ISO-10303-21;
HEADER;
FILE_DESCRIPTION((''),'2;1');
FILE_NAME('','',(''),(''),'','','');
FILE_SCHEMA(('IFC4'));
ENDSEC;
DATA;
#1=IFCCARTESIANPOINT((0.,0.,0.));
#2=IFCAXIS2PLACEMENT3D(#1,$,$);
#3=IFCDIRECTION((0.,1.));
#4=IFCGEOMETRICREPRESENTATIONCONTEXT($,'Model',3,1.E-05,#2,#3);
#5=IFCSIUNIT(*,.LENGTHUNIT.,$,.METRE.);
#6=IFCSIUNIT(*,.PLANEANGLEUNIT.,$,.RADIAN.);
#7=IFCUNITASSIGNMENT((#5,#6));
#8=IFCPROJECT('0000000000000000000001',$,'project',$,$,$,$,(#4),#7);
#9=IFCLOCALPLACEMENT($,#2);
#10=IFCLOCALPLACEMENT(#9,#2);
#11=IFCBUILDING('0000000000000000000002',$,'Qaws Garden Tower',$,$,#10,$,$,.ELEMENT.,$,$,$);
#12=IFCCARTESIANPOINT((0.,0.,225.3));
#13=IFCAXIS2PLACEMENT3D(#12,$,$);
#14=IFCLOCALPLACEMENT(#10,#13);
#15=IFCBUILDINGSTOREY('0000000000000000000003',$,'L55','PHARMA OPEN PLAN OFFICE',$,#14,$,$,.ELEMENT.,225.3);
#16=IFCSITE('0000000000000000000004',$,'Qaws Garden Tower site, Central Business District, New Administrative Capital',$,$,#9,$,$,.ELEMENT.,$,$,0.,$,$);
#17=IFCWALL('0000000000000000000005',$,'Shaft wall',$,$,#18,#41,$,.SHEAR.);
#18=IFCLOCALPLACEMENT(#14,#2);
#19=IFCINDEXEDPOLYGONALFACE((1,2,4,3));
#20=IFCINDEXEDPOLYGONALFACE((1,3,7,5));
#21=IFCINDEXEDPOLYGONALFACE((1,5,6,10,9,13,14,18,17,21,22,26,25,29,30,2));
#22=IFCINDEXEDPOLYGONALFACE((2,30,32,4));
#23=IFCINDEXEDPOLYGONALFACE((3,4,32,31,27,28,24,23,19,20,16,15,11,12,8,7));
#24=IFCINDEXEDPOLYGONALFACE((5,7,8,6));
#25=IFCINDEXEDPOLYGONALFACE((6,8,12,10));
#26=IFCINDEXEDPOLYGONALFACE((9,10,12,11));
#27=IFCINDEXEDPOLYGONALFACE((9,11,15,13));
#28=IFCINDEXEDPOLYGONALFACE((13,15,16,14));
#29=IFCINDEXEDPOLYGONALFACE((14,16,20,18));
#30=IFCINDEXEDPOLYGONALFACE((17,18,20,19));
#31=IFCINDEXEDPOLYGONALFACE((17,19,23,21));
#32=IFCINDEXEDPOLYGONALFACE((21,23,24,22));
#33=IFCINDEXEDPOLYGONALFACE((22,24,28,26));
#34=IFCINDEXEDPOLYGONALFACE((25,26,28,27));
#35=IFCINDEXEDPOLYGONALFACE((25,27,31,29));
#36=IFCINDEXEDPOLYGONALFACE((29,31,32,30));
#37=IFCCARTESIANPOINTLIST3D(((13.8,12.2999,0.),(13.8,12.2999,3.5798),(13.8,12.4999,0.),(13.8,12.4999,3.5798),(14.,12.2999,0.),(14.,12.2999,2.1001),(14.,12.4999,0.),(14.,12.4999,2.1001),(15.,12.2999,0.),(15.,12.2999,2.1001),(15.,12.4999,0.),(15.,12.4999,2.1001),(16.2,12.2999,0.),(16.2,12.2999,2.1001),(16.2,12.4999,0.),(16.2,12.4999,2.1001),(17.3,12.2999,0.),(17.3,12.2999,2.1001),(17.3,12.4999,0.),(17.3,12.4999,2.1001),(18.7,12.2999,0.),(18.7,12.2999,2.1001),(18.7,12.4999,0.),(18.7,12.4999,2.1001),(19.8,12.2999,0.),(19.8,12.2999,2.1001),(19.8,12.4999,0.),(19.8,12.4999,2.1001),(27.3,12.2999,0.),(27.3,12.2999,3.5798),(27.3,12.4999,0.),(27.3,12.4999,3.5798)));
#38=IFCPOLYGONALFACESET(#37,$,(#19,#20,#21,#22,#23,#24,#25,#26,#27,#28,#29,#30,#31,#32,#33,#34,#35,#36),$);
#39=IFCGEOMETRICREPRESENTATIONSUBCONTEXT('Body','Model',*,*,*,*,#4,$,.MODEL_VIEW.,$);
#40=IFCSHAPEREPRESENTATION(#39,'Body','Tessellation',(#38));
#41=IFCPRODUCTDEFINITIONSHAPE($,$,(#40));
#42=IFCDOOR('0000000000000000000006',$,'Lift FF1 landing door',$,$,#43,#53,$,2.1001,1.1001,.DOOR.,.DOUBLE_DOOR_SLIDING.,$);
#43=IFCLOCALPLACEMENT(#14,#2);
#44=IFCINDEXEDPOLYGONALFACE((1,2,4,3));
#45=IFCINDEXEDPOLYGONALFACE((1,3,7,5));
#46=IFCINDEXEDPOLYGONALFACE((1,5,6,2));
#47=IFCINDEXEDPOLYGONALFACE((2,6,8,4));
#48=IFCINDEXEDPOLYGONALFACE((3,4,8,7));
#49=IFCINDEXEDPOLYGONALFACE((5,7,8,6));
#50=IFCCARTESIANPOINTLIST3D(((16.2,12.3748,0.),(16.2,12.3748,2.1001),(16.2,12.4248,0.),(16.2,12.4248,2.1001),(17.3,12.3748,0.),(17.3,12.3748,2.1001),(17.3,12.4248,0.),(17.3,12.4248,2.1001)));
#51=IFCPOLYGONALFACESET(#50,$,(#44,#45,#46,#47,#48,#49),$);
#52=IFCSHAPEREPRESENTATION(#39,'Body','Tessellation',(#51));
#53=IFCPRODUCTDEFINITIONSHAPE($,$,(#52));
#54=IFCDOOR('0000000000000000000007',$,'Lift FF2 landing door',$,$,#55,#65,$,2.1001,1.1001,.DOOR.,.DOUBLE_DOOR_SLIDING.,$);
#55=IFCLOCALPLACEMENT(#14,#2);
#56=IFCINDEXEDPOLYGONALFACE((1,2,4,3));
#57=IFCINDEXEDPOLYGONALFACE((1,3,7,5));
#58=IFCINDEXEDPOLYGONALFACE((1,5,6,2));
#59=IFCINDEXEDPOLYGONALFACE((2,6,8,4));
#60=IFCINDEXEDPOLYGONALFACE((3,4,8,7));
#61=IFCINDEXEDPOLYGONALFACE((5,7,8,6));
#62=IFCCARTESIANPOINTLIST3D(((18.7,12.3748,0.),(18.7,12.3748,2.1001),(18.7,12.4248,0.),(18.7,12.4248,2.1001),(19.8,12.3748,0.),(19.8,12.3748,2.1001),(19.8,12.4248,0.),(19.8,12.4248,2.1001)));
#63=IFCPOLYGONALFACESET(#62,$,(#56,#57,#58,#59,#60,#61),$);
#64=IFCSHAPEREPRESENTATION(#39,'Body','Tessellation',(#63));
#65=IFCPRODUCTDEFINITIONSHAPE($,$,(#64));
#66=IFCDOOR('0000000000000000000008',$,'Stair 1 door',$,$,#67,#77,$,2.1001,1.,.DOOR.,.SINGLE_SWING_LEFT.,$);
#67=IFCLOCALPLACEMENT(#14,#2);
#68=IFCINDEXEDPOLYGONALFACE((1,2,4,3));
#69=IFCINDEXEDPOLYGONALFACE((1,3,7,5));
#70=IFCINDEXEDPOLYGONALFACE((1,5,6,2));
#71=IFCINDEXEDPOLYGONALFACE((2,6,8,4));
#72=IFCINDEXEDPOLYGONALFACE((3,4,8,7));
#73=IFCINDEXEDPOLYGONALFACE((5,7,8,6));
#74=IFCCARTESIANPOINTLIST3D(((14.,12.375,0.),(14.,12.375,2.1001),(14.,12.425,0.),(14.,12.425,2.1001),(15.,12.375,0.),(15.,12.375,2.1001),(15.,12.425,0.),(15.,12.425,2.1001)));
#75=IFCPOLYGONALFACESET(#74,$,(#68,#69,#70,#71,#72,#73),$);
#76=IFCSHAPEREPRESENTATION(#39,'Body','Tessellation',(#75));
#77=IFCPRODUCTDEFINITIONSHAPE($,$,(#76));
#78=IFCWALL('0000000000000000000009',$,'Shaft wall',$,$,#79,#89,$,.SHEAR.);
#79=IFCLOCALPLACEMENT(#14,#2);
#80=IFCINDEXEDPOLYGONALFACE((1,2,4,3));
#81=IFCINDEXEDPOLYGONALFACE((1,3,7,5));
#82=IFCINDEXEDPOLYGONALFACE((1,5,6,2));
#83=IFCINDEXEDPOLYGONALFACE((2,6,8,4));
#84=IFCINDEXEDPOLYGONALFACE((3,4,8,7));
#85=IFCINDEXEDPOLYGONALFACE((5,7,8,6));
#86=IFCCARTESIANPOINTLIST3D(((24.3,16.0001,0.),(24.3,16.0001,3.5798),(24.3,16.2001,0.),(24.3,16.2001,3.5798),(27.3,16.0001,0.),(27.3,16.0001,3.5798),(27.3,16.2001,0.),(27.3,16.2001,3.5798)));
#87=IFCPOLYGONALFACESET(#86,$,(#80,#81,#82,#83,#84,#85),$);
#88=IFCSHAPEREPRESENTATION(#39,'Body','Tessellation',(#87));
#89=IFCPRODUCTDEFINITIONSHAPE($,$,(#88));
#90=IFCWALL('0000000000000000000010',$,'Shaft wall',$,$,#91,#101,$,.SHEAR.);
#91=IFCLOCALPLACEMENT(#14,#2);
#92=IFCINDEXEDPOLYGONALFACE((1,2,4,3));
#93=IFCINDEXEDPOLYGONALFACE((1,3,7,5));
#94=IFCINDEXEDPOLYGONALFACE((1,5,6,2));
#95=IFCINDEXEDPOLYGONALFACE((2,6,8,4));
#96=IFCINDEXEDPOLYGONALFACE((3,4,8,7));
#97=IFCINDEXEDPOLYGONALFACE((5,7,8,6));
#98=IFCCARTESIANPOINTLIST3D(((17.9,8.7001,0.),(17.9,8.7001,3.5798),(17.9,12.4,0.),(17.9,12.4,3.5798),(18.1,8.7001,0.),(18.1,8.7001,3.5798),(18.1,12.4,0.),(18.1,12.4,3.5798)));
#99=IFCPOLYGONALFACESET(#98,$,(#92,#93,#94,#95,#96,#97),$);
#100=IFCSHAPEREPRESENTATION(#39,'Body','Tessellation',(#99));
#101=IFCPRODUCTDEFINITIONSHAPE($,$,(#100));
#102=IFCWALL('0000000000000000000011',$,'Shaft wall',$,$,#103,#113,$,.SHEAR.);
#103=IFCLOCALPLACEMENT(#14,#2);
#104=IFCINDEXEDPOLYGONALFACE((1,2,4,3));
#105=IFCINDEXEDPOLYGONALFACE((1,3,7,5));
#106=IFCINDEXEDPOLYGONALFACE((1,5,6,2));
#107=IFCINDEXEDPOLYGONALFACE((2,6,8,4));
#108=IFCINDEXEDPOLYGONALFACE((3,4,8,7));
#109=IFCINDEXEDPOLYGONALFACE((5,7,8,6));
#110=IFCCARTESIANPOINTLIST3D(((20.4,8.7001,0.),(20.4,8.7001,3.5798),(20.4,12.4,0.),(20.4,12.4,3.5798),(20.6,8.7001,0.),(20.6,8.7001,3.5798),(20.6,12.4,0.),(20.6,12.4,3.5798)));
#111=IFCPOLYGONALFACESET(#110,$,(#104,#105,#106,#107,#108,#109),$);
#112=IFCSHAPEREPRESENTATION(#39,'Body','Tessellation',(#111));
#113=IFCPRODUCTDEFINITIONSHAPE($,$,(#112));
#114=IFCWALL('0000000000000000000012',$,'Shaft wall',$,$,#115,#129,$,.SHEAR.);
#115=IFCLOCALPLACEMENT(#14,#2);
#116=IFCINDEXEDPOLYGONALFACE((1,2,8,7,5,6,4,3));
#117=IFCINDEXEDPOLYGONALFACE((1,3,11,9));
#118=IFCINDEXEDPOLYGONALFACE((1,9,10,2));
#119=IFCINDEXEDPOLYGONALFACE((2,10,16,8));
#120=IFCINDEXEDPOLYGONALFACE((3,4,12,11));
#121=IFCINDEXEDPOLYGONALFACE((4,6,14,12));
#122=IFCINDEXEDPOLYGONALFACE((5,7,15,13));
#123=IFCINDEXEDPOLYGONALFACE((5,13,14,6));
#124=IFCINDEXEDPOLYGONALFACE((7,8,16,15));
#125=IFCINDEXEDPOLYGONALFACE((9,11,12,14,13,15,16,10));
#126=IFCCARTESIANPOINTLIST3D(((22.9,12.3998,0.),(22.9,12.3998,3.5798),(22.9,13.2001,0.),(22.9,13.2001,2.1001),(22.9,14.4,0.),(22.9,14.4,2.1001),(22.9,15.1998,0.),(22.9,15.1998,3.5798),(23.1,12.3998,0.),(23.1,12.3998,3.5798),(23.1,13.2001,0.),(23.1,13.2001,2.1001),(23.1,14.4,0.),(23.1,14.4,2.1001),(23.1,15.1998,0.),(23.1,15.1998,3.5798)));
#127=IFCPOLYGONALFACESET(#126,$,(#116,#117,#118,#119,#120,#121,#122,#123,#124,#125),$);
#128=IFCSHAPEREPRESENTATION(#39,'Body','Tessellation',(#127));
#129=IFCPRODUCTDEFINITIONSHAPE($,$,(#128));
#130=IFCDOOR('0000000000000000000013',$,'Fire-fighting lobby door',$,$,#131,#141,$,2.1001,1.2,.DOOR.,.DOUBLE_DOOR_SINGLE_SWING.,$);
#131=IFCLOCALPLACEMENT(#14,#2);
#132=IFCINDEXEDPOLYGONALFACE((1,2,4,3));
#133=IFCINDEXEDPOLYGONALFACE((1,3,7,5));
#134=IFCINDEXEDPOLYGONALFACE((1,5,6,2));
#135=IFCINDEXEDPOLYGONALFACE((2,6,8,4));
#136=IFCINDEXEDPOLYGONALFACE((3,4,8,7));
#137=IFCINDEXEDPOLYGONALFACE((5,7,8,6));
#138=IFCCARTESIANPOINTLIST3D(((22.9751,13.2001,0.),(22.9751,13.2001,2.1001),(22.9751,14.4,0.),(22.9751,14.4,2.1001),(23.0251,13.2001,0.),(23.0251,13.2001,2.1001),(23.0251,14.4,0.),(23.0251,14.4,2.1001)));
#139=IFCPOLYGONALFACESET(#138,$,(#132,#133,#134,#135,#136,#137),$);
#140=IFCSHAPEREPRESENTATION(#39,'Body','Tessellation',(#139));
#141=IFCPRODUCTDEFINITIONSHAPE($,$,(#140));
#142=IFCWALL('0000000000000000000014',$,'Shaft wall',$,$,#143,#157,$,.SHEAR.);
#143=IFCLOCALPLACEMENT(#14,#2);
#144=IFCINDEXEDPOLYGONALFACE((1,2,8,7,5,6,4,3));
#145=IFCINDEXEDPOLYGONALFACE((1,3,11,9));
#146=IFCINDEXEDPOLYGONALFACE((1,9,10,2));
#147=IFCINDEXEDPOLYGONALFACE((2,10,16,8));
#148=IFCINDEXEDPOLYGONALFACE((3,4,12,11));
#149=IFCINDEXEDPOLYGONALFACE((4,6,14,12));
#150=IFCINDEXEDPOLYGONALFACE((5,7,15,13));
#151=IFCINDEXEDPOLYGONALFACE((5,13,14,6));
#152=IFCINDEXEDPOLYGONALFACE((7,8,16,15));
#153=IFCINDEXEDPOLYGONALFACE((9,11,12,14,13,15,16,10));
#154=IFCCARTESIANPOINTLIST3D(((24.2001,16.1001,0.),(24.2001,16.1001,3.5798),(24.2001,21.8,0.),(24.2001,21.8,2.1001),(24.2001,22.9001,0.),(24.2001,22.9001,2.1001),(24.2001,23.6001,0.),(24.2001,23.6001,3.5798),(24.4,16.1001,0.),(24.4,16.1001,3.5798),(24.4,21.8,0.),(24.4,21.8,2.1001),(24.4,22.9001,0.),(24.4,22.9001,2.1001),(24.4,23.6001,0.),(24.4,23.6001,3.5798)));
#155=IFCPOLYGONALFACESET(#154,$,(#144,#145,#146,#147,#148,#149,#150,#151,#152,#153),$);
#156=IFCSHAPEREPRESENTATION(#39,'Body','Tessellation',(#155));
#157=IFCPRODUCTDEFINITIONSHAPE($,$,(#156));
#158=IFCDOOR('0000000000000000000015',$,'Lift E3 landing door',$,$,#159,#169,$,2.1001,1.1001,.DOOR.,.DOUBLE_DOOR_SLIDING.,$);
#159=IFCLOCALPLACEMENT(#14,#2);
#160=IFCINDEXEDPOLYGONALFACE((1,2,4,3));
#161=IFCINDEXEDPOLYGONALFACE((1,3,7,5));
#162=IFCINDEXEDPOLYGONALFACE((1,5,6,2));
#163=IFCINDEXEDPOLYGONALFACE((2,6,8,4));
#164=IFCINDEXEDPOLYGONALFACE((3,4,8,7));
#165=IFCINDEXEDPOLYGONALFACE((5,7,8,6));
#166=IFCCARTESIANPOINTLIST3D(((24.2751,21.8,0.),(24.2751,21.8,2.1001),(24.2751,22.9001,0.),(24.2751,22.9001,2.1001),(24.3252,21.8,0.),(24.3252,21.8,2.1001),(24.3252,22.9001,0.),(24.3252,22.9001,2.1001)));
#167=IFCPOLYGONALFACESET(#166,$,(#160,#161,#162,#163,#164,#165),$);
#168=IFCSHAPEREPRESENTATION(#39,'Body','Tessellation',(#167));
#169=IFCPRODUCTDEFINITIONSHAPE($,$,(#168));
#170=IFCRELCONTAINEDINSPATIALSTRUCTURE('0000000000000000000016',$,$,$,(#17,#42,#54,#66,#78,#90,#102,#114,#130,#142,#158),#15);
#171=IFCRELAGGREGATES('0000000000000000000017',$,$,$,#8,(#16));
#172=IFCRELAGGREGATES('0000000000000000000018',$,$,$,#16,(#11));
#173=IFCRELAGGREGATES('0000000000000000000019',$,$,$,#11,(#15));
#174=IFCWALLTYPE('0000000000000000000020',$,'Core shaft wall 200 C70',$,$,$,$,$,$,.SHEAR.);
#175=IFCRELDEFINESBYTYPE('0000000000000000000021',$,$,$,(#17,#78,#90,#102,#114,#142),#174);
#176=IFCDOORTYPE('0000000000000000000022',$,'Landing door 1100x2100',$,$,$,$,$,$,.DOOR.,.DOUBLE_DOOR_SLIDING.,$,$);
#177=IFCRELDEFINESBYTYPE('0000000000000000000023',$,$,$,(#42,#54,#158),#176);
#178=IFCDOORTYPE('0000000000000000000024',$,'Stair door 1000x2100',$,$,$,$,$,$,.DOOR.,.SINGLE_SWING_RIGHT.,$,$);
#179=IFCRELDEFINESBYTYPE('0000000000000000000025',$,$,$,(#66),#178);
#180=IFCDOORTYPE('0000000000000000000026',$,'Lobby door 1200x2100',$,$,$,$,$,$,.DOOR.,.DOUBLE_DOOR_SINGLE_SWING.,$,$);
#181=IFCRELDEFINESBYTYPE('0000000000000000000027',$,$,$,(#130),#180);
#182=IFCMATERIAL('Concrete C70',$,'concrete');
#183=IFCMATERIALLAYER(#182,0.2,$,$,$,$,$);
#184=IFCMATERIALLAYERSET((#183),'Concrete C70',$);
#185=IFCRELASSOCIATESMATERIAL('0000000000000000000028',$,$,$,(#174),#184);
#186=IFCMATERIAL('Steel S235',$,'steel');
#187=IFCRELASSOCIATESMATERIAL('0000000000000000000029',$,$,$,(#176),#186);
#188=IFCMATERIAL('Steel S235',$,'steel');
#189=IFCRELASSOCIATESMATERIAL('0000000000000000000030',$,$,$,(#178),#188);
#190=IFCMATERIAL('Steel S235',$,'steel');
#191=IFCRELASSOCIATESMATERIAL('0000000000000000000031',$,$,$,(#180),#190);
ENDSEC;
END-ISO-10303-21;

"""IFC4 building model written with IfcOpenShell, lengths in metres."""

from ifc_helpers import new_model, si_unit, direction, frame, frame_2d, origin, place, context, subcontext, project, spatial, rectangle, extrude, material, layer, layer_set, type_object, element, fill, save


model = new_model("IFC4")

# Units and contexts
model_context = context("Model", 3, precision=1e-05, world=origin(), true_north=direction((0.0, 1.0)))
body_context = subcontext(model_context, "Body", "Model", "MODEL_VIEW")
ifc_project = project(units=[si_unit("LENGTHUNIT", "METRE"), si_unit("PLANEANGLEUNIT", "RADIAN")], contexts=[model_context])

# Site, building, storey
site_placement = place(None, origin())
site = spatial("IfcSite", under=ifc_project, at=site_placement, Name="Qaws Garden Tower site, Central Business District, New Administrative Capital", CompositionType="ELEMENT", RefElevation=0.0)
building_placement = place(site_placement, origin())
building = spatial("IfcBuilding", under=site, at=building_placement, Name="Qaws Garden Tower", CompositionType="ELEMENT")
storey_placement = place(building_placement, frame((0.0, 0.0, 225.3)))
storey = spatial("IfcBuildingStorey", under=building, at=storey_placement, Name="L55", Description="PHARMA OPEN PLAN OFFICE", CompositionType="ELEMENT", Elevation=225.3)

# Wall, openings, doors
ifc_material_1 = material(Name="Concrete C70", Category="concrete")
ifc_layer_1 = layer(ifc_material_1, 0.2)
ifc_layer_set_1 = layer_set([ifc_layer_1], Name="Concrete C70")
wall_type_1 = type_object("IfcWallType", Name="Core shaft wall 200 C70", PredefinedType="SHEAR", material=ifc_layer_set_1)
wall_1_placement = place(storey_placement, frame((13.8, 12.3999, 0.0), z_axis=(0.0, 0.0, 1.0), x_axis=(1.0, 0.0, 0.0)))
wall_1 = element("IfcWall", 1, at=wall_1_placement, inside=storey, type_object=wall_type_1, Name="Shaft wall", PredefinedType="SHEAR", context=body_context, shape_type="SweptSolid", body=[
    extrude(rectangle(XDim=13.5, YDim=0.2, at=frame_2d((6.75, 0.0))), origin(), (0.0, 0.0, 1.0), 3.5798),
])
opening_1_placement = place(wall_1_placement, frame((2.3999, 0.0, 0.0)))
opening_1 = element("IfcOpeningElement", 2, at=opening_1_placement, cuts=wall_1, PredefinedType="OPENING", context=body_context, shape_type="SweptSolid", body=[
    extrude(rectangle(XDim=1.1001, YDim=2.1001, at=frame_2d((0.55, 1.05))), frame((0.0, 0.1099, 0.0), z_axis=(0.0, -1.0, 0.0), x_axis=(1.0, 0.0, 0.0)), (0.0, 0.0, 1.0), 0.22),
])
opening_2_placement = place(wall_1_placement, frame((4.8999, 0.0, 0.0)))
opening_2 = element("IfcOpeningElement", 3, at=opening_2_placement, cuts=wall_1, PredefinedType="OPENING", context=body_context, shape_type="SweptSolid", body=[
    extrude(rectangle(XDim=1.1001, YDim=2.1001, at=frame_2d((0.55, 1.05))), frame((0.0, 0.1099, 0.0), z_axis=(0.0, -1.0, 0.0), x_axis=(1.0, 0.0, 0.0)), (0.0, 0.0, 1.0), 0.22),
])
opening_3_placement = place(wall_1_placement, frame((0.2, 0.0, 0.0)))
opening_3 = element("IfcOpeningElement", 4, at=opening_3_placement, cuts=wall_1, PredefinedType="OPENING", context=body_context, shape_type="SweptSolid", body=[
    extrude(rectangle(XDim=1.0, YDim=2.1001, at=frame_2d((0.5, 1.05))), frame((0.0, 0.1099, 0.0), z_axis=(0.0, -1.0, 0.0), x_axis=(1.0, 0.0, 0.0)), (0.0, 0.0, 1.0), 0.22),
])
ifc_material_2 = material(Name="Steel S235", Category="steel")
door_type_1 = type_object("IfcDoorType", Name="Landing door 1100x2100", OperationType="DOUBLE_DOOR_SLIDING", PredefinedType="DOOR", material=ifc_material_2)
door_1_placement = place(opening_1_placement, origin())
door_1 = element("IfcDoor", 5, at=door_1_placement, inside=storey, type_object=door_type_1, Name="Lift FF1 landing door", OperationType="DOUBLE_DOOR_SLIDING", OverallHeight=2.1001, OverallWidth=1.1001, PredefinedType="DOOR", context=body_context, shape_type="SweptSolid", body=[
    extrude(rectangle(XDim=1.1001, YDim=2.1001, at=frame_2d((0.55, 1.05))), frame((0.0, 0.0249, 0.0), z_axis=(0.0, -1.0, 0.0), x_axis=(1.0, 0.0, 0.0)), (0.0, 0.0, 1.0), 0.05),
])
fill(opening_1, door_1)
door_2_placement = place(opening_2_placement, origin())
door_2 = element("IfcDoor", 6, at=door_2_placement, inside=storey, type_object=door_type_1, Name="Lift FF2 landing door", OperationType="DOUBLE_DOOR_SLIDING", OverallHeight=2.1001, OverallWidth=1.1001, PredefinedType="DOOR", context=body_context, shape_type="SweptSolid", body=[
    extrude(rectangle(XDim=1.1001, YDim=2.1001, at=frame_2d((0.55, 1.05))), frame((0.0, 0.0249, 0.0), z_axis=(0.0, -1.0, 0.0), x_axis=(1.0, 0.0, 0.0)), (0.0, 0.0, 1.0), 0.05),
])
fill(opening_2, door_2)
ifc_material_3 = material(Name="Steel S235", Category="steel")
door_type_2 = type_object("IfcDoorType", Name="Stair door 1000x2100", OperationType="SINGLE_SWING_RIGHT", PredefinedType="DOOR", material=ifc_material_3)
door_3_placement = place(opening_3_placement, frame((1.0, 0.0, 0.0), z_axis=(0.0, 0.0, 1.0), x_axis=(-1.0, 0.0, 0.0)))
door_3 = element("IfcDoor", 7, at=door_3_placement, inside=storey, type_object=door_type_2, Name="Stair 1 door", OperationType="SINGLE_SWING_LEFT", OverallHeight=2.1001, OverallWidth=1.0, PredefinedType="DOOR", context=body_context, shape_type="SweptSolid", body=[
    extrude(rectangle(XDim=1.0, YDim=2.1001, at=frame_2d((0.5, 1.05))), frame((0.0, 0.0249, 0.0), z_axis=(0.0, -1.0, 0.0), x_axis=(1.0, 0.0, 0.0)), (0.0, 0.0, 1.0), 0.05),
])
fill(opening_3, door_3)

# Walls
wall_2_placement = place(storey_placement, frame((24.3, 16.1001, 0.0), z_axis=(0.0, 0.0, 1.0), x_axis=(1.0, 0.0, 0.0)))
element("IfcWall", 8, at=wall_2_placement, inside=storey, type_object=wall_type_1, Name="Shaft wall", PredefinedType="SHEAR", context=body_context, shape_type="SweptSolid", body=[
    extrude(rectangle(XDim=3.0, YDim=0.2, at=frame_2d((1.5, 0.0))), origin(), (0.0, 0.0, 1.0), 3.5798),
])
for number, where, z_axis, x_axis, name in (
    (9, (18.0, 8.7, 0.0), (0.0, 0.0, 1.0), (0.0, 1.0, 0.0), "Shaft wall"),
    (10, (20.5, 8.7, 0.0), (0.0, 0.0, 1.0), (0.0, 1.0, 0.0), "Shaft wall"),
):
    element("IfcWall", number, at=place(storey_placement, frame(where, z_axis=z_axis, x_axis=x_axis)), inside=storey, type_object=wall_type_1, Name=name, PredefinedType="SHEAR", context=body_context, shape_type="SweptSolid", body=[
        extrude(rectangle(XDim=3.7, YDim=0.2, at=frame_2d((1.8501, 0.0))), origin(), (0.0, 0.0, 1.0), 3.5798),
    ])

# Walls, openings, doors
wall_3_placement = place(storey_placement, frame((23.0, 12.3999, 0.0), z_axis=(0.0, 0.0, 1.0), x_axis=(0.0, 1.0, 0.0)))
wall_3 = element("IfcWall", 11, at=wall_3_placement, inside=storey, type_object=wall_type_1, Name="Shaft wall", PredefinedType="SHEAR", context=body_context, shape_type="SweptSolid", body=[
    extrude(rectangle(XDim=2.8, YDim=0.2, at=frame_2d((1.3999, 0.0))), origin(), (0.0, 0.0, 1.0), 3.5798),
])
opening_4_placement = place(wall_3_placement, frame((0.8, 0.0, 0.0)))
opening_4 = element("IfcOpeningElement", 12, at=opening_4_placement, cuts=wall_3, PredefinedType="OPENING", context=body_context, shape_type="SweptSolid", body=[
    extrude(rectangle(XDim=1.2, YDim=2.1001, at=frame_2d((0.6001, 1.05))), frame((0.0, 0.1099, 0.0), z_axis=(0.0, -1.0, 0.0), x_axis=(1.0, 0.0, 0.0)), (0.0, 0.0, 1.0), 0.22),
])
ifc_material_4 = material(Name="Steel S235", Category="steel")
door_type_3 = type_object("IfcDoorType", Name="Lobby door 1200x2100", OperationType="DOUBLE_DOOR_SINGLE_SWING", PredefinedType="DOOR", material=ifc_material_4)
door_4_placement = place(opening_4_placement, origin())
door_4 = element("IfcDoor", 13, at=door_4_placement, inside=storey, type_object=door_type_3, Name="Fire-fighting lobby door", OperationType="DOUBLE_DOOR_SINGLE_SWING", OverallHeight=2.1001, OverallWidth=1.2, PredefinedType="DOOR", context=body_context, shape_type="SweptSolid", body=[
    extrude(rectangle(XDim=1.2, YDim=2.1001, at=frame_2d((0.6001, 1.05))), frame((0.0, 0.0249, 0.0), z_axis=(0.0, -1.0, 0.0), x_axis=(1.0, 0.0, 0.0)), (0.0, 0.0, 1.0), 0.05),
])
fill(opening_4, door_4)
wall_4_placement = place(storey_placement, frame((24.3, 16.1001, 0.0), z_axis=(0.0, 0.0, 1.0), x_axis=(0.0, 1.0, 0.0)))
wall_4 = element("IfcWall", 14, at=wall_4_placement, inside=storey, type_object=wall_type_1, Name="Shaft wall", PredefinedType="SHEAR", context=body_context, shape_type="SweptSolid", body=[
    extrude(rectangle(XDim=7.5, YDim=0.2, at=frame_2d((3.75, 0.0))), origin(), (0.0, 0.0, 1.0), 3.5798),
])
opening_5_placement = place(wall_4_placement, frame((5.7, 0.0, 0.0)))
opening_5 = element("IfcOpeningElement", 15, at=opening_5_placement, cuts=wall_4, PredefinedType="OPENING", context=body_context, shape_type="SweptSolid", body=[
    extrude(rectangle(XDim=1.1001, YDim=2.1001, at=frame_2d((0.55, 1.05))), frame((0.0, 0.1099, 0.0), z_axis=(0.0, -1.0, 0.0), x_axis=(1.0, 0.0, 0.0)), (0.0, 0.0, 1.0), 0.22),
])
door_5_placement = place(opening_5_placement, origin())
door_5 = element("IfcDoor", 16, at=door_5_placement, inside=storey, type_object=door_type_1, Name="Lift E3 landing door", OperationType="DOUBLE_DOOR_SLIDING", OverallHeight=2.1001, OverallWidth=1.1001, PredefinedType="DOOR", context=body_context, shape_type="SweptSolid", body=[
    extrude(rectangle(XDim=1.1001, YDim=2.1001, at=frame_2d((0.55, 1.05))), frame((0.0, 0.0249, 0.0), z_axis=(0.0, -1.0, 0.0), x_axis=(1.0, 0.0, 0.0)), (0.0, 0.0, 1.0), 0.05),
])
fill(opening_5, door_5)

save(model, "model.ifc")
